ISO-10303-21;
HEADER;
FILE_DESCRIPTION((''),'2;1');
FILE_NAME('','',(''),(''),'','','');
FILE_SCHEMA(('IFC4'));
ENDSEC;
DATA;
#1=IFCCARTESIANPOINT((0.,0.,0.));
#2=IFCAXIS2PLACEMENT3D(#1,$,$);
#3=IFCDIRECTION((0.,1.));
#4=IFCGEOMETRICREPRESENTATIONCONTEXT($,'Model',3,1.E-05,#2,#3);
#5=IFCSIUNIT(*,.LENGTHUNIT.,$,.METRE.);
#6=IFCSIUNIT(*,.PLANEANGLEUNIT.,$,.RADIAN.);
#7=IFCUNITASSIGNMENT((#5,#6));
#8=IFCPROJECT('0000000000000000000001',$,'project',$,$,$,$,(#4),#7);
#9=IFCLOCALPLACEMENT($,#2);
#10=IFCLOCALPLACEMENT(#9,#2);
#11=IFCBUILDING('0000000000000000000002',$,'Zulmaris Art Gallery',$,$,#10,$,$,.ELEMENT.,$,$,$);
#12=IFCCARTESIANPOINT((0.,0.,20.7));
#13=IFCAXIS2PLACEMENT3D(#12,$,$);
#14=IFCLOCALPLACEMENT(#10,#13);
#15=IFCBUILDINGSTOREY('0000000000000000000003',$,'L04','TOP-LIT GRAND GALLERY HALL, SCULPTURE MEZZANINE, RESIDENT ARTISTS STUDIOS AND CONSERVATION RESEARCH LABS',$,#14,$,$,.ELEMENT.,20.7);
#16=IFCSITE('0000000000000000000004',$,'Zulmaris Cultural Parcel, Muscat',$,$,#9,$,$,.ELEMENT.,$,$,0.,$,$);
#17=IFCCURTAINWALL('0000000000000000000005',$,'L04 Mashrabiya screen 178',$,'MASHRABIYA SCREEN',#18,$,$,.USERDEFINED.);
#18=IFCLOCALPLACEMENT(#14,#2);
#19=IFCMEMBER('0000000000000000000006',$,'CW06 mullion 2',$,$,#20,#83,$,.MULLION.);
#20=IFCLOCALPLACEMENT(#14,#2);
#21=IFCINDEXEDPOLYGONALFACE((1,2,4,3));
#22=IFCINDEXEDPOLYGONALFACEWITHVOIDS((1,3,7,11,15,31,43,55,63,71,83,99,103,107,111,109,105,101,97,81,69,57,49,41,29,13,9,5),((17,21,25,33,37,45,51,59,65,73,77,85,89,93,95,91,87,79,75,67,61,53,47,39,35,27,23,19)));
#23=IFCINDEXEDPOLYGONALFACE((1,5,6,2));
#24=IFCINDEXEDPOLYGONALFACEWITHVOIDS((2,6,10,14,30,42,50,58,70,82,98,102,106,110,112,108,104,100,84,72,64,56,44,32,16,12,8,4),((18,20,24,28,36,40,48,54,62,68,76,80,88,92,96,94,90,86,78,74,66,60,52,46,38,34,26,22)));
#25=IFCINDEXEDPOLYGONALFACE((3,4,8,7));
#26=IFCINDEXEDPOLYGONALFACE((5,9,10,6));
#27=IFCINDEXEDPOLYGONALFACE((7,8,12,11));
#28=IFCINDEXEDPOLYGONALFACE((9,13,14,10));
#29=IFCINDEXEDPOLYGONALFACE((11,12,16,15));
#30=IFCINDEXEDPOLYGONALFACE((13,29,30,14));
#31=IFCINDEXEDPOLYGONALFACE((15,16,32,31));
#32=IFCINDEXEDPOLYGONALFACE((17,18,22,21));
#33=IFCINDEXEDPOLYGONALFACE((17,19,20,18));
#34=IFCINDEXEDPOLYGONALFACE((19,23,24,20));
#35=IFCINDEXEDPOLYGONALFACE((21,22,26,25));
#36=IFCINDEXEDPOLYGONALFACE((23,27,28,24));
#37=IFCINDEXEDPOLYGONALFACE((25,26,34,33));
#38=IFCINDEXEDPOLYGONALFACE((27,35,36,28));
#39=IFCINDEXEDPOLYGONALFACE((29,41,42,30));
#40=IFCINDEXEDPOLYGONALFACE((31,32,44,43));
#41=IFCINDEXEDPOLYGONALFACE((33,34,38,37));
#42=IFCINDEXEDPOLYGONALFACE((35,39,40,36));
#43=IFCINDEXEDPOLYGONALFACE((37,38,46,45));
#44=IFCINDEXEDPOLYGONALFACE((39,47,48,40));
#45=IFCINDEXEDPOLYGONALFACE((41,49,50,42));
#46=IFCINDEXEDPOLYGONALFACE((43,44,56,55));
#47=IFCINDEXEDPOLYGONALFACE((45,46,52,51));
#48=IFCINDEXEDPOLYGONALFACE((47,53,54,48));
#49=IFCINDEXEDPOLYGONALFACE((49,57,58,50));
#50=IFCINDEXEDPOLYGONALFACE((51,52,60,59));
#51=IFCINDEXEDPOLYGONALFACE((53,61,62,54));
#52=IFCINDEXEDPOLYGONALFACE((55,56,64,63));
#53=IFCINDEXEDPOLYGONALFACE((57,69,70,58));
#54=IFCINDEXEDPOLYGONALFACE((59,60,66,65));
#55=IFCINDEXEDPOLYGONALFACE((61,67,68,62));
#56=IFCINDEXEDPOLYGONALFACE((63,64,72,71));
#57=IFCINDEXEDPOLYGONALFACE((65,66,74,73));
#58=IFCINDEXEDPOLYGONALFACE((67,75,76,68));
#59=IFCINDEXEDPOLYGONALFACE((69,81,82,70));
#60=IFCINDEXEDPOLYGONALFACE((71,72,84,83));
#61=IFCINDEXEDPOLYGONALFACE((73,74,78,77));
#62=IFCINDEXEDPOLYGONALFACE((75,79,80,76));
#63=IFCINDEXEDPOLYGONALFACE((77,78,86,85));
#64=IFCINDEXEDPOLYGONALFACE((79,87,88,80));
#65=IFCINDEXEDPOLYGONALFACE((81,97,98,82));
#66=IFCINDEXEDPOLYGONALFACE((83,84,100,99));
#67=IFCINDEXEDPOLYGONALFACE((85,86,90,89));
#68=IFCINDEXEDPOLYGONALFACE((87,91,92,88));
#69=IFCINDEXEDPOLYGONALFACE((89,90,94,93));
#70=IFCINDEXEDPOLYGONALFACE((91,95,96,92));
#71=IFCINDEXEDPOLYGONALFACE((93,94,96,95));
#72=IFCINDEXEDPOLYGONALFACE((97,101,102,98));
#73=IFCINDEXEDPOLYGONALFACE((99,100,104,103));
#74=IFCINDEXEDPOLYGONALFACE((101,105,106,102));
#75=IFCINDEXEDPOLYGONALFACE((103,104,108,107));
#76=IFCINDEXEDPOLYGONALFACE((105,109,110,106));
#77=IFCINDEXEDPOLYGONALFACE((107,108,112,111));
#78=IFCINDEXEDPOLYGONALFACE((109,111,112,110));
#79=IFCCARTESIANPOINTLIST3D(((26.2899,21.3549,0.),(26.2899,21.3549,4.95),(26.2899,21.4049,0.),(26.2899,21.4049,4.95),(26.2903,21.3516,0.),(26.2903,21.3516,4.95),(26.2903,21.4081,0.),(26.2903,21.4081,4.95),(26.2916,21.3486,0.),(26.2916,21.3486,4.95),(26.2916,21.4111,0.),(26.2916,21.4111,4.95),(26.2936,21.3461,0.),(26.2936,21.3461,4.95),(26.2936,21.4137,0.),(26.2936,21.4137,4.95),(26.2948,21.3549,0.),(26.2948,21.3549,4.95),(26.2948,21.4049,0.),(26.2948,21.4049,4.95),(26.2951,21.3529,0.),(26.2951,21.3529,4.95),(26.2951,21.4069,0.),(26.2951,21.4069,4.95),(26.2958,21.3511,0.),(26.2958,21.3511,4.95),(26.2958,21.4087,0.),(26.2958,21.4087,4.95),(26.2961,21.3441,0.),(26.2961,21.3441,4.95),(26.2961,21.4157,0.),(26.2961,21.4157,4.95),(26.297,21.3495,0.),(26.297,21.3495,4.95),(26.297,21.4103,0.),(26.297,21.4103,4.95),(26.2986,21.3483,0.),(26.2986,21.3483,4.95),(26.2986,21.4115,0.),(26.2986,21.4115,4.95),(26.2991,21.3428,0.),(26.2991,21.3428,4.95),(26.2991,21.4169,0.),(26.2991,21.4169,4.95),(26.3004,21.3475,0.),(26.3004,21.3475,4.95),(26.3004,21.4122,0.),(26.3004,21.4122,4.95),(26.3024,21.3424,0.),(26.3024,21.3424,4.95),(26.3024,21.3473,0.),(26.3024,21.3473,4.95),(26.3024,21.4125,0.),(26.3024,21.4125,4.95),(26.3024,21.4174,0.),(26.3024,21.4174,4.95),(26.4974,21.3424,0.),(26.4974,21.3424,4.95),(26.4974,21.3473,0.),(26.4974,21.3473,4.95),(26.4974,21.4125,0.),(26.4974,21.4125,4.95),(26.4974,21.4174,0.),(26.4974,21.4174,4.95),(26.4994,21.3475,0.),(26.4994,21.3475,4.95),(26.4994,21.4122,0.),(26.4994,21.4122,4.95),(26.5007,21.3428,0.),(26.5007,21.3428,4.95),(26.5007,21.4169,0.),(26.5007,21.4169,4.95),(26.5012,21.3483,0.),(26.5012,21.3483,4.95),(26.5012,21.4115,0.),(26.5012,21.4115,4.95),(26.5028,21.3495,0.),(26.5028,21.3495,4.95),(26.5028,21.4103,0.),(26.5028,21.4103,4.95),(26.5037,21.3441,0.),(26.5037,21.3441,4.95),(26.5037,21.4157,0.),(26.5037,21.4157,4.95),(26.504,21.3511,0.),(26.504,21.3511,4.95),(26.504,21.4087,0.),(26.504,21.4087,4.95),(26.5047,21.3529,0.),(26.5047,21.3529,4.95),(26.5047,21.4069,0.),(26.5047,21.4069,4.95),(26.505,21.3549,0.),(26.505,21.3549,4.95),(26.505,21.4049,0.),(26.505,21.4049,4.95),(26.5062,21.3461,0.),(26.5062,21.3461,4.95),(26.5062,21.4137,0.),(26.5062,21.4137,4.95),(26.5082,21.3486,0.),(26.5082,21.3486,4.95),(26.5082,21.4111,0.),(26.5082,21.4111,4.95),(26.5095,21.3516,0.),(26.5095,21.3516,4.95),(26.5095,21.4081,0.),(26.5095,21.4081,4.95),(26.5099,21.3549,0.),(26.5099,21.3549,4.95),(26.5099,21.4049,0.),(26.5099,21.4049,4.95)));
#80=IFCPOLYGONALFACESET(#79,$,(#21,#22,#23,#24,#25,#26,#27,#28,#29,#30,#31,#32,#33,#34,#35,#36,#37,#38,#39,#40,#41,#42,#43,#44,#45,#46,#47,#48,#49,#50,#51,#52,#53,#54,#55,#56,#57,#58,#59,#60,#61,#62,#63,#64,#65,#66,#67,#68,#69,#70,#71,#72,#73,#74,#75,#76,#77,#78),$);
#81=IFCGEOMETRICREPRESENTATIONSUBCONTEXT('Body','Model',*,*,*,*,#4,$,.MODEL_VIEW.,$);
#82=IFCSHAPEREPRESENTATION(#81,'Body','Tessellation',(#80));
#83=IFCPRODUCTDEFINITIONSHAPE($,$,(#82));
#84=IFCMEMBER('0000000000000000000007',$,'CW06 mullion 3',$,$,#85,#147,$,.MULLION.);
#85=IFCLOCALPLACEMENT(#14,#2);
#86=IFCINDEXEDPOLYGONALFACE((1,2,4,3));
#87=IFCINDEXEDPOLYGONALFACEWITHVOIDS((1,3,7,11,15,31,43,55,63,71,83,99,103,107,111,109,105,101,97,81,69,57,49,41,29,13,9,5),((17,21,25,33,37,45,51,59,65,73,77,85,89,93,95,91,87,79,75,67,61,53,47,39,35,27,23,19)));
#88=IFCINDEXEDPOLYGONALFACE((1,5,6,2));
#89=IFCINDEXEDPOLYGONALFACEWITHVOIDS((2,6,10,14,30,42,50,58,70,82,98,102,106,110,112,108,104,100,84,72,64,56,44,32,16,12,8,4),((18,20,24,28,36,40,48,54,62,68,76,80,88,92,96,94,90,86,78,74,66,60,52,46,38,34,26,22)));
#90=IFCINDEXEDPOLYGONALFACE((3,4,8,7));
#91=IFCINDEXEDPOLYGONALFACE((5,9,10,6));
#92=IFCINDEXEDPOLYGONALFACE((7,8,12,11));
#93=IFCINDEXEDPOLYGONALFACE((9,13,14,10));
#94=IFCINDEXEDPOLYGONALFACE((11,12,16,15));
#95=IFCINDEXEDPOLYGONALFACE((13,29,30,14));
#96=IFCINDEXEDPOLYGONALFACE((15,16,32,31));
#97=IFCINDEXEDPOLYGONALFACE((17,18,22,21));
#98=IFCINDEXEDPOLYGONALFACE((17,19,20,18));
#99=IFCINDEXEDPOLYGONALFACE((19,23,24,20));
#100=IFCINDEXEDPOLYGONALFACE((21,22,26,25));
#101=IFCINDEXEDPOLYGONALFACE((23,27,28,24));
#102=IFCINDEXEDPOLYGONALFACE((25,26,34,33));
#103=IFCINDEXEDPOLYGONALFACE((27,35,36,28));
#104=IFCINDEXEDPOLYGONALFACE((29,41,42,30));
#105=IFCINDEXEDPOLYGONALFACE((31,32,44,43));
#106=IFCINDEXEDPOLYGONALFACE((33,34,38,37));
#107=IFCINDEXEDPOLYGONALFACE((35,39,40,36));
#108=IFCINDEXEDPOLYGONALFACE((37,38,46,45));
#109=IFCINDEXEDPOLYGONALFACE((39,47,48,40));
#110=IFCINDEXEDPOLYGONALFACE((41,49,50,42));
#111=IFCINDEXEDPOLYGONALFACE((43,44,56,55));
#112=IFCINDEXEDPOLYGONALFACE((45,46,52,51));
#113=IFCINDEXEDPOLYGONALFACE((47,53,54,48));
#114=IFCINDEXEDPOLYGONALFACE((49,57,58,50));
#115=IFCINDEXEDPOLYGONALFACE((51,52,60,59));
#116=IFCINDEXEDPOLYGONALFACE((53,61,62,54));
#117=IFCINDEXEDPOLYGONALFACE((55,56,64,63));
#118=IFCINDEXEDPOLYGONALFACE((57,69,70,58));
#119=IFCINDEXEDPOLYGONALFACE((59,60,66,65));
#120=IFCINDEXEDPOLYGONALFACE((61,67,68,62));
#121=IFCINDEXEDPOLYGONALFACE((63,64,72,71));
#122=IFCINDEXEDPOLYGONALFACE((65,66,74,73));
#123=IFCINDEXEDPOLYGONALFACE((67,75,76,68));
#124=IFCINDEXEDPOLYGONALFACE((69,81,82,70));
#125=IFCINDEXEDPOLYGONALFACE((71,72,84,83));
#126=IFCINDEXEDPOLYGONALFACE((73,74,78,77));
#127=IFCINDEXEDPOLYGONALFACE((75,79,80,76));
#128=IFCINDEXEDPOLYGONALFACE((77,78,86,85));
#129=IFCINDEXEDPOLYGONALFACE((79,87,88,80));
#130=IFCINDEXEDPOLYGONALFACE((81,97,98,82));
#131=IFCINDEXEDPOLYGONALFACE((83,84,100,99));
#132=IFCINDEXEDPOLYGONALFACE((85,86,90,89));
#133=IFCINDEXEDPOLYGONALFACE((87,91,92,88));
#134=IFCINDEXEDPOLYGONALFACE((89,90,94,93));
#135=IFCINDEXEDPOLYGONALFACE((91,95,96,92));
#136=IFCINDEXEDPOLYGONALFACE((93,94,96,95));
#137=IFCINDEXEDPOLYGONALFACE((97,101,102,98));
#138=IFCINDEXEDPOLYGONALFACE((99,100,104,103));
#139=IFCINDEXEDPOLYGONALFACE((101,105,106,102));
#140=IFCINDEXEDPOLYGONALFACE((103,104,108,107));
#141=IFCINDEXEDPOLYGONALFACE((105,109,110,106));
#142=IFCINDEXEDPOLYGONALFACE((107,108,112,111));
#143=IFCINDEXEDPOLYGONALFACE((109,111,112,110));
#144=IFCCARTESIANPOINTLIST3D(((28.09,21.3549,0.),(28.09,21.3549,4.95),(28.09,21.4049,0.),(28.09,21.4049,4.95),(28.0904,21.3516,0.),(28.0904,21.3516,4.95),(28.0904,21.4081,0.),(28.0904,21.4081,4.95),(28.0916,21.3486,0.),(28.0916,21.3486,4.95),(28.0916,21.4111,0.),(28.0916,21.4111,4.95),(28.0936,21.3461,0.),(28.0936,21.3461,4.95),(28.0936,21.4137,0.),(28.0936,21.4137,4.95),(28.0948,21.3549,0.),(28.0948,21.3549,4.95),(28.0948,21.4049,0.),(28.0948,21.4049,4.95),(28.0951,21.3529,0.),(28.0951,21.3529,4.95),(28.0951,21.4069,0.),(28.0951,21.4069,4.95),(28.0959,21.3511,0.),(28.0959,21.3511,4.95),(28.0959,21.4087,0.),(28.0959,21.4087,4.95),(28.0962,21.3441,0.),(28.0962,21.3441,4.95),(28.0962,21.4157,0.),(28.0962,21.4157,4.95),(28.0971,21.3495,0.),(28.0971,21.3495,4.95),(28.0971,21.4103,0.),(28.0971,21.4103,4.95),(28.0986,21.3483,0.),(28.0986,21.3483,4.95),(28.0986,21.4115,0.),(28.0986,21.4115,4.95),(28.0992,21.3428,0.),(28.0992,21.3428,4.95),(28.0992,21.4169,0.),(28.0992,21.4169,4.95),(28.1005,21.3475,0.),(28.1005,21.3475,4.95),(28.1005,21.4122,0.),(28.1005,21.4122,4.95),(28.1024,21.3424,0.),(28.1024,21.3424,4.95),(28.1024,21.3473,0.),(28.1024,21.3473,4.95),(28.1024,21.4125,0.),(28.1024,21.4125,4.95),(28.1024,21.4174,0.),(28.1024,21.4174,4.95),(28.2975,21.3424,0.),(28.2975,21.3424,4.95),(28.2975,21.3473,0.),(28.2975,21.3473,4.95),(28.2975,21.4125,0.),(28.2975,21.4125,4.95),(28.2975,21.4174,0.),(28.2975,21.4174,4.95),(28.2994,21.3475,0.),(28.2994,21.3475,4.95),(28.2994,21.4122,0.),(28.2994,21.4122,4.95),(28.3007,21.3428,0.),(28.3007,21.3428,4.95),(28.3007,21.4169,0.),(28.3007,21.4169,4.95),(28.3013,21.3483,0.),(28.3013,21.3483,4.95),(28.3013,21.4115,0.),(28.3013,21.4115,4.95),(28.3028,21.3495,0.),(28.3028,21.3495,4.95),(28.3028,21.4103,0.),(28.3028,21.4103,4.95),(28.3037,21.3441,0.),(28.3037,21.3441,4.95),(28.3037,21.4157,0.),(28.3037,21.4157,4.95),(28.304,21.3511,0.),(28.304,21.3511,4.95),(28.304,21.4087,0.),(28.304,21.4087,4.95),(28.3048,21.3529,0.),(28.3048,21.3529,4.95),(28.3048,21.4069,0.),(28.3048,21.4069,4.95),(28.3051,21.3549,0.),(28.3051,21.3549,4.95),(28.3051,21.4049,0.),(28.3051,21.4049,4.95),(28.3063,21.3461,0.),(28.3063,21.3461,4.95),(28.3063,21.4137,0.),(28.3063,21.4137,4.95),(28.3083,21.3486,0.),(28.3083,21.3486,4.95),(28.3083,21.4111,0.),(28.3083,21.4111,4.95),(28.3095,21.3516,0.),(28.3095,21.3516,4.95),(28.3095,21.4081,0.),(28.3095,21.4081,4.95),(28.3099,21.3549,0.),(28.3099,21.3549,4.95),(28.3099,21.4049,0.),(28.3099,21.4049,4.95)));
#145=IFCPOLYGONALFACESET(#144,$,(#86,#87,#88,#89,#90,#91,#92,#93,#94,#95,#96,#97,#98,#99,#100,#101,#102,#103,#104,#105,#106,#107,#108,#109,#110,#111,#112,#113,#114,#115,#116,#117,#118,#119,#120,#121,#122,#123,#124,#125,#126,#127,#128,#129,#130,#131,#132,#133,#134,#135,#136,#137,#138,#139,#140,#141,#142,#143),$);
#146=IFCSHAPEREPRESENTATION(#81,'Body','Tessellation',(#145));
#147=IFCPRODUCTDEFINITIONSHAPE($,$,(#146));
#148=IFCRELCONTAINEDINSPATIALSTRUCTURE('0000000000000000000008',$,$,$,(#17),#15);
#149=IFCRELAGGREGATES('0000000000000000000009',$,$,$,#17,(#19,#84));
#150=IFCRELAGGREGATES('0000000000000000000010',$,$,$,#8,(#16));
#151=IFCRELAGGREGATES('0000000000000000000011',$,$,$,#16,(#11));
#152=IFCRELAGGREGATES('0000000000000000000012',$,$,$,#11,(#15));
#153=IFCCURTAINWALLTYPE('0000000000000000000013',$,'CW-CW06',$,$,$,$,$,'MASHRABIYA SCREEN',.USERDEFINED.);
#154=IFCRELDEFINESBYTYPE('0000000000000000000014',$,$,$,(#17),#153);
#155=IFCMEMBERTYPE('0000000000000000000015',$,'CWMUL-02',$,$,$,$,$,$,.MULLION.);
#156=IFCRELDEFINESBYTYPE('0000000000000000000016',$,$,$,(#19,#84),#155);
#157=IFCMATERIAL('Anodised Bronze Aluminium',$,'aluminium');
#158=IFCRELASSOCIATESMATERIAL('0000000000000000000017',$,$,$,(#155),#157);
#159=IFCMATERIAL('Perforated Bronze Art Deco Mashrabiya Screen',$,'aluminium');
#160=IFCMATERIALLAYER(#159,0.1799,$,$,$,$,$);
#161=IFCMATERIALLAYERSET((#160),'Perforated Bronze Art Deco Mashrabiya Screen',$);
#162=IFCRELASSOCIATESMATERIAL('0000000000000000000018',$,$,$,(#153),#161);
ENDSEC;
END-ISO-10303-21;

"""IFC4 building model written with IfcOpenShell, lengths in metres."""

from ifc_helpers import new_model, si_unit, direction, frame, origin, origin_2d, place, context, subcontext, project, spatial, hollow_rectangle, extrude, material, layer, layer_set, material_profile, profile_set, type_object, element, aggregate, save


model = new_model("IFC4")

# Units and contexts
model_context = context("Model", 3, precision=1e-05, world=origin(), true_north=direction((0.0, 1.0)))
body_context = subcontext(model_context, "Body", "Model", "MODEL_VIEW")
ifc_project = project(units=[si_unit("LENGTHUNIT", "METRE"), si_unit("PLANEANGLEUNIT", "RADIAN")], contexts=[model_context])

# Site, building, storey
site_placement = place(None, origin())
site = spatial("IfcSite", under=ifc_project, at=site_placement, Name="Zulmaris Cultural Parcel, Muscat", CompositionType="ELEMENT", RefElevation=0.0)
building_placement = place(site_placement, origin())
building = spatial("IfcBuilding", under=site, at=building_placement, Name="Zulmaris Art Gallery", CompositionType="ELEMENT")
storey_placement = place(building_placement, frame((0.0, 0.0, 20.7)))
storey = spatial("IfcBuildingStorey", under=building, at=storey_placement, Name="L04", Description="TOP-LIT GRAND GALLERY HALL, SCULPTURE MEZZANINE, RESIDENT ARTISTS STUDIOS AND CONSERVATION RESEARCH LABS", CompositionType="ELEMENT", Elevation=20.7)

# Curtain wall, members
ifc_material_1 = material(Name="Anodised Bronze Aluminium", Category="aluminium")
ifc_material_profile_1 = material_profile(ifc_material_1, hollow_rectangle(XDim=0.075, YDim=0.22, WallThickness=0.0049, InnerFilletRadius=0.0076, OuterFilletRadius=0.0125, at=origin_2d()), Name="ALU 75x220x5")
ifc_profile_set_1 = profile_set([ifc_material_profile_1], Name="Anodised Bronze Aluminium")
member_type_1 = type_object("IfcMemberType", Name="CWMUL-02", PredefinedType="MULLION", material=ifc_profile_set_1)
ifc_material_2 = material(Name="Perforated Bronze Art Deco Mashrabiya Screen", Category="aluminium")
ifc_layer_1 = layer(ifc_material_2, 0.1799)
ifc_layer_set_1 = layer_set([ifc_layer_1], Name="Perforated Bronze Art Deco Mashrabiya Screen")
curtain_wall_type_1 = type_object("IfcCurtainWallType", Name="CW-CW06", ElementType="MASHRABIYA SCREEN", PredefinedType="USERDEFINED", material=ifc_layer_set_1)
curtain_wall_1_placement = place(storey_placement, origin())
curtain_wall_1 = element("IfcCurtainWall", 1, at=curtain_wall_1_placement, inside=storey, type_object=curtain_wall_type_1, Name="L04 Mashrabiya screen 178", ObjectType="MASHRABIYA SCREEN", PredefinedType="USERDEFINED")
member_1_placement = place(storey_placement, frame((26.3999, 21.3799, 0.0), z_axis=(0.0, 0.0, 1.0), x_axis=(0.0, 1.0, 0.0)))
member_1 = element("IfcMember", 2, at=member_1_placement, type_object=member_type_1, Name="CW06 mullion 2", PredefinedType="MULLION", context=body_context, shape_type="SweptSolid", body=[
    extrude(hollow_rectangle(XDim=0.075, YDim=0.22, WallThickness=0.0049, InnerFilletRadius=0.0076, OuterFilletRadius=0.0125, at=origin_2d()), origin(), (0.0, 0.0, 1.0), 4.95),
])
member_2_placement = place(storey_placement, frame((28.2, 21.3799, 0.0), z_axis=(0.0, 0.0, 1.0), x_axis=(0.0, 1.0, 0.0)))
member_2 = element("IfcMember", 3, at=member_2_placement, type_object=member_type_1, Name="CW06 mullion 3", PredefinedType="MULLION", context=body_context, shape_type="SweptSolid", body=[
    extrude(hollow_rectangle(XDim=0.075, YDim=0.22, WallThickness=0.0049, InnerFilletRadius=0.0076, OuterFilletRadius=0.0125, at=origin_2d()), origin(), (0.0, 0.0, 1.0), 4.95),
])

aggregate(curtain_wall_1, [member_1, member_2])

save(model, "model.ifc")
